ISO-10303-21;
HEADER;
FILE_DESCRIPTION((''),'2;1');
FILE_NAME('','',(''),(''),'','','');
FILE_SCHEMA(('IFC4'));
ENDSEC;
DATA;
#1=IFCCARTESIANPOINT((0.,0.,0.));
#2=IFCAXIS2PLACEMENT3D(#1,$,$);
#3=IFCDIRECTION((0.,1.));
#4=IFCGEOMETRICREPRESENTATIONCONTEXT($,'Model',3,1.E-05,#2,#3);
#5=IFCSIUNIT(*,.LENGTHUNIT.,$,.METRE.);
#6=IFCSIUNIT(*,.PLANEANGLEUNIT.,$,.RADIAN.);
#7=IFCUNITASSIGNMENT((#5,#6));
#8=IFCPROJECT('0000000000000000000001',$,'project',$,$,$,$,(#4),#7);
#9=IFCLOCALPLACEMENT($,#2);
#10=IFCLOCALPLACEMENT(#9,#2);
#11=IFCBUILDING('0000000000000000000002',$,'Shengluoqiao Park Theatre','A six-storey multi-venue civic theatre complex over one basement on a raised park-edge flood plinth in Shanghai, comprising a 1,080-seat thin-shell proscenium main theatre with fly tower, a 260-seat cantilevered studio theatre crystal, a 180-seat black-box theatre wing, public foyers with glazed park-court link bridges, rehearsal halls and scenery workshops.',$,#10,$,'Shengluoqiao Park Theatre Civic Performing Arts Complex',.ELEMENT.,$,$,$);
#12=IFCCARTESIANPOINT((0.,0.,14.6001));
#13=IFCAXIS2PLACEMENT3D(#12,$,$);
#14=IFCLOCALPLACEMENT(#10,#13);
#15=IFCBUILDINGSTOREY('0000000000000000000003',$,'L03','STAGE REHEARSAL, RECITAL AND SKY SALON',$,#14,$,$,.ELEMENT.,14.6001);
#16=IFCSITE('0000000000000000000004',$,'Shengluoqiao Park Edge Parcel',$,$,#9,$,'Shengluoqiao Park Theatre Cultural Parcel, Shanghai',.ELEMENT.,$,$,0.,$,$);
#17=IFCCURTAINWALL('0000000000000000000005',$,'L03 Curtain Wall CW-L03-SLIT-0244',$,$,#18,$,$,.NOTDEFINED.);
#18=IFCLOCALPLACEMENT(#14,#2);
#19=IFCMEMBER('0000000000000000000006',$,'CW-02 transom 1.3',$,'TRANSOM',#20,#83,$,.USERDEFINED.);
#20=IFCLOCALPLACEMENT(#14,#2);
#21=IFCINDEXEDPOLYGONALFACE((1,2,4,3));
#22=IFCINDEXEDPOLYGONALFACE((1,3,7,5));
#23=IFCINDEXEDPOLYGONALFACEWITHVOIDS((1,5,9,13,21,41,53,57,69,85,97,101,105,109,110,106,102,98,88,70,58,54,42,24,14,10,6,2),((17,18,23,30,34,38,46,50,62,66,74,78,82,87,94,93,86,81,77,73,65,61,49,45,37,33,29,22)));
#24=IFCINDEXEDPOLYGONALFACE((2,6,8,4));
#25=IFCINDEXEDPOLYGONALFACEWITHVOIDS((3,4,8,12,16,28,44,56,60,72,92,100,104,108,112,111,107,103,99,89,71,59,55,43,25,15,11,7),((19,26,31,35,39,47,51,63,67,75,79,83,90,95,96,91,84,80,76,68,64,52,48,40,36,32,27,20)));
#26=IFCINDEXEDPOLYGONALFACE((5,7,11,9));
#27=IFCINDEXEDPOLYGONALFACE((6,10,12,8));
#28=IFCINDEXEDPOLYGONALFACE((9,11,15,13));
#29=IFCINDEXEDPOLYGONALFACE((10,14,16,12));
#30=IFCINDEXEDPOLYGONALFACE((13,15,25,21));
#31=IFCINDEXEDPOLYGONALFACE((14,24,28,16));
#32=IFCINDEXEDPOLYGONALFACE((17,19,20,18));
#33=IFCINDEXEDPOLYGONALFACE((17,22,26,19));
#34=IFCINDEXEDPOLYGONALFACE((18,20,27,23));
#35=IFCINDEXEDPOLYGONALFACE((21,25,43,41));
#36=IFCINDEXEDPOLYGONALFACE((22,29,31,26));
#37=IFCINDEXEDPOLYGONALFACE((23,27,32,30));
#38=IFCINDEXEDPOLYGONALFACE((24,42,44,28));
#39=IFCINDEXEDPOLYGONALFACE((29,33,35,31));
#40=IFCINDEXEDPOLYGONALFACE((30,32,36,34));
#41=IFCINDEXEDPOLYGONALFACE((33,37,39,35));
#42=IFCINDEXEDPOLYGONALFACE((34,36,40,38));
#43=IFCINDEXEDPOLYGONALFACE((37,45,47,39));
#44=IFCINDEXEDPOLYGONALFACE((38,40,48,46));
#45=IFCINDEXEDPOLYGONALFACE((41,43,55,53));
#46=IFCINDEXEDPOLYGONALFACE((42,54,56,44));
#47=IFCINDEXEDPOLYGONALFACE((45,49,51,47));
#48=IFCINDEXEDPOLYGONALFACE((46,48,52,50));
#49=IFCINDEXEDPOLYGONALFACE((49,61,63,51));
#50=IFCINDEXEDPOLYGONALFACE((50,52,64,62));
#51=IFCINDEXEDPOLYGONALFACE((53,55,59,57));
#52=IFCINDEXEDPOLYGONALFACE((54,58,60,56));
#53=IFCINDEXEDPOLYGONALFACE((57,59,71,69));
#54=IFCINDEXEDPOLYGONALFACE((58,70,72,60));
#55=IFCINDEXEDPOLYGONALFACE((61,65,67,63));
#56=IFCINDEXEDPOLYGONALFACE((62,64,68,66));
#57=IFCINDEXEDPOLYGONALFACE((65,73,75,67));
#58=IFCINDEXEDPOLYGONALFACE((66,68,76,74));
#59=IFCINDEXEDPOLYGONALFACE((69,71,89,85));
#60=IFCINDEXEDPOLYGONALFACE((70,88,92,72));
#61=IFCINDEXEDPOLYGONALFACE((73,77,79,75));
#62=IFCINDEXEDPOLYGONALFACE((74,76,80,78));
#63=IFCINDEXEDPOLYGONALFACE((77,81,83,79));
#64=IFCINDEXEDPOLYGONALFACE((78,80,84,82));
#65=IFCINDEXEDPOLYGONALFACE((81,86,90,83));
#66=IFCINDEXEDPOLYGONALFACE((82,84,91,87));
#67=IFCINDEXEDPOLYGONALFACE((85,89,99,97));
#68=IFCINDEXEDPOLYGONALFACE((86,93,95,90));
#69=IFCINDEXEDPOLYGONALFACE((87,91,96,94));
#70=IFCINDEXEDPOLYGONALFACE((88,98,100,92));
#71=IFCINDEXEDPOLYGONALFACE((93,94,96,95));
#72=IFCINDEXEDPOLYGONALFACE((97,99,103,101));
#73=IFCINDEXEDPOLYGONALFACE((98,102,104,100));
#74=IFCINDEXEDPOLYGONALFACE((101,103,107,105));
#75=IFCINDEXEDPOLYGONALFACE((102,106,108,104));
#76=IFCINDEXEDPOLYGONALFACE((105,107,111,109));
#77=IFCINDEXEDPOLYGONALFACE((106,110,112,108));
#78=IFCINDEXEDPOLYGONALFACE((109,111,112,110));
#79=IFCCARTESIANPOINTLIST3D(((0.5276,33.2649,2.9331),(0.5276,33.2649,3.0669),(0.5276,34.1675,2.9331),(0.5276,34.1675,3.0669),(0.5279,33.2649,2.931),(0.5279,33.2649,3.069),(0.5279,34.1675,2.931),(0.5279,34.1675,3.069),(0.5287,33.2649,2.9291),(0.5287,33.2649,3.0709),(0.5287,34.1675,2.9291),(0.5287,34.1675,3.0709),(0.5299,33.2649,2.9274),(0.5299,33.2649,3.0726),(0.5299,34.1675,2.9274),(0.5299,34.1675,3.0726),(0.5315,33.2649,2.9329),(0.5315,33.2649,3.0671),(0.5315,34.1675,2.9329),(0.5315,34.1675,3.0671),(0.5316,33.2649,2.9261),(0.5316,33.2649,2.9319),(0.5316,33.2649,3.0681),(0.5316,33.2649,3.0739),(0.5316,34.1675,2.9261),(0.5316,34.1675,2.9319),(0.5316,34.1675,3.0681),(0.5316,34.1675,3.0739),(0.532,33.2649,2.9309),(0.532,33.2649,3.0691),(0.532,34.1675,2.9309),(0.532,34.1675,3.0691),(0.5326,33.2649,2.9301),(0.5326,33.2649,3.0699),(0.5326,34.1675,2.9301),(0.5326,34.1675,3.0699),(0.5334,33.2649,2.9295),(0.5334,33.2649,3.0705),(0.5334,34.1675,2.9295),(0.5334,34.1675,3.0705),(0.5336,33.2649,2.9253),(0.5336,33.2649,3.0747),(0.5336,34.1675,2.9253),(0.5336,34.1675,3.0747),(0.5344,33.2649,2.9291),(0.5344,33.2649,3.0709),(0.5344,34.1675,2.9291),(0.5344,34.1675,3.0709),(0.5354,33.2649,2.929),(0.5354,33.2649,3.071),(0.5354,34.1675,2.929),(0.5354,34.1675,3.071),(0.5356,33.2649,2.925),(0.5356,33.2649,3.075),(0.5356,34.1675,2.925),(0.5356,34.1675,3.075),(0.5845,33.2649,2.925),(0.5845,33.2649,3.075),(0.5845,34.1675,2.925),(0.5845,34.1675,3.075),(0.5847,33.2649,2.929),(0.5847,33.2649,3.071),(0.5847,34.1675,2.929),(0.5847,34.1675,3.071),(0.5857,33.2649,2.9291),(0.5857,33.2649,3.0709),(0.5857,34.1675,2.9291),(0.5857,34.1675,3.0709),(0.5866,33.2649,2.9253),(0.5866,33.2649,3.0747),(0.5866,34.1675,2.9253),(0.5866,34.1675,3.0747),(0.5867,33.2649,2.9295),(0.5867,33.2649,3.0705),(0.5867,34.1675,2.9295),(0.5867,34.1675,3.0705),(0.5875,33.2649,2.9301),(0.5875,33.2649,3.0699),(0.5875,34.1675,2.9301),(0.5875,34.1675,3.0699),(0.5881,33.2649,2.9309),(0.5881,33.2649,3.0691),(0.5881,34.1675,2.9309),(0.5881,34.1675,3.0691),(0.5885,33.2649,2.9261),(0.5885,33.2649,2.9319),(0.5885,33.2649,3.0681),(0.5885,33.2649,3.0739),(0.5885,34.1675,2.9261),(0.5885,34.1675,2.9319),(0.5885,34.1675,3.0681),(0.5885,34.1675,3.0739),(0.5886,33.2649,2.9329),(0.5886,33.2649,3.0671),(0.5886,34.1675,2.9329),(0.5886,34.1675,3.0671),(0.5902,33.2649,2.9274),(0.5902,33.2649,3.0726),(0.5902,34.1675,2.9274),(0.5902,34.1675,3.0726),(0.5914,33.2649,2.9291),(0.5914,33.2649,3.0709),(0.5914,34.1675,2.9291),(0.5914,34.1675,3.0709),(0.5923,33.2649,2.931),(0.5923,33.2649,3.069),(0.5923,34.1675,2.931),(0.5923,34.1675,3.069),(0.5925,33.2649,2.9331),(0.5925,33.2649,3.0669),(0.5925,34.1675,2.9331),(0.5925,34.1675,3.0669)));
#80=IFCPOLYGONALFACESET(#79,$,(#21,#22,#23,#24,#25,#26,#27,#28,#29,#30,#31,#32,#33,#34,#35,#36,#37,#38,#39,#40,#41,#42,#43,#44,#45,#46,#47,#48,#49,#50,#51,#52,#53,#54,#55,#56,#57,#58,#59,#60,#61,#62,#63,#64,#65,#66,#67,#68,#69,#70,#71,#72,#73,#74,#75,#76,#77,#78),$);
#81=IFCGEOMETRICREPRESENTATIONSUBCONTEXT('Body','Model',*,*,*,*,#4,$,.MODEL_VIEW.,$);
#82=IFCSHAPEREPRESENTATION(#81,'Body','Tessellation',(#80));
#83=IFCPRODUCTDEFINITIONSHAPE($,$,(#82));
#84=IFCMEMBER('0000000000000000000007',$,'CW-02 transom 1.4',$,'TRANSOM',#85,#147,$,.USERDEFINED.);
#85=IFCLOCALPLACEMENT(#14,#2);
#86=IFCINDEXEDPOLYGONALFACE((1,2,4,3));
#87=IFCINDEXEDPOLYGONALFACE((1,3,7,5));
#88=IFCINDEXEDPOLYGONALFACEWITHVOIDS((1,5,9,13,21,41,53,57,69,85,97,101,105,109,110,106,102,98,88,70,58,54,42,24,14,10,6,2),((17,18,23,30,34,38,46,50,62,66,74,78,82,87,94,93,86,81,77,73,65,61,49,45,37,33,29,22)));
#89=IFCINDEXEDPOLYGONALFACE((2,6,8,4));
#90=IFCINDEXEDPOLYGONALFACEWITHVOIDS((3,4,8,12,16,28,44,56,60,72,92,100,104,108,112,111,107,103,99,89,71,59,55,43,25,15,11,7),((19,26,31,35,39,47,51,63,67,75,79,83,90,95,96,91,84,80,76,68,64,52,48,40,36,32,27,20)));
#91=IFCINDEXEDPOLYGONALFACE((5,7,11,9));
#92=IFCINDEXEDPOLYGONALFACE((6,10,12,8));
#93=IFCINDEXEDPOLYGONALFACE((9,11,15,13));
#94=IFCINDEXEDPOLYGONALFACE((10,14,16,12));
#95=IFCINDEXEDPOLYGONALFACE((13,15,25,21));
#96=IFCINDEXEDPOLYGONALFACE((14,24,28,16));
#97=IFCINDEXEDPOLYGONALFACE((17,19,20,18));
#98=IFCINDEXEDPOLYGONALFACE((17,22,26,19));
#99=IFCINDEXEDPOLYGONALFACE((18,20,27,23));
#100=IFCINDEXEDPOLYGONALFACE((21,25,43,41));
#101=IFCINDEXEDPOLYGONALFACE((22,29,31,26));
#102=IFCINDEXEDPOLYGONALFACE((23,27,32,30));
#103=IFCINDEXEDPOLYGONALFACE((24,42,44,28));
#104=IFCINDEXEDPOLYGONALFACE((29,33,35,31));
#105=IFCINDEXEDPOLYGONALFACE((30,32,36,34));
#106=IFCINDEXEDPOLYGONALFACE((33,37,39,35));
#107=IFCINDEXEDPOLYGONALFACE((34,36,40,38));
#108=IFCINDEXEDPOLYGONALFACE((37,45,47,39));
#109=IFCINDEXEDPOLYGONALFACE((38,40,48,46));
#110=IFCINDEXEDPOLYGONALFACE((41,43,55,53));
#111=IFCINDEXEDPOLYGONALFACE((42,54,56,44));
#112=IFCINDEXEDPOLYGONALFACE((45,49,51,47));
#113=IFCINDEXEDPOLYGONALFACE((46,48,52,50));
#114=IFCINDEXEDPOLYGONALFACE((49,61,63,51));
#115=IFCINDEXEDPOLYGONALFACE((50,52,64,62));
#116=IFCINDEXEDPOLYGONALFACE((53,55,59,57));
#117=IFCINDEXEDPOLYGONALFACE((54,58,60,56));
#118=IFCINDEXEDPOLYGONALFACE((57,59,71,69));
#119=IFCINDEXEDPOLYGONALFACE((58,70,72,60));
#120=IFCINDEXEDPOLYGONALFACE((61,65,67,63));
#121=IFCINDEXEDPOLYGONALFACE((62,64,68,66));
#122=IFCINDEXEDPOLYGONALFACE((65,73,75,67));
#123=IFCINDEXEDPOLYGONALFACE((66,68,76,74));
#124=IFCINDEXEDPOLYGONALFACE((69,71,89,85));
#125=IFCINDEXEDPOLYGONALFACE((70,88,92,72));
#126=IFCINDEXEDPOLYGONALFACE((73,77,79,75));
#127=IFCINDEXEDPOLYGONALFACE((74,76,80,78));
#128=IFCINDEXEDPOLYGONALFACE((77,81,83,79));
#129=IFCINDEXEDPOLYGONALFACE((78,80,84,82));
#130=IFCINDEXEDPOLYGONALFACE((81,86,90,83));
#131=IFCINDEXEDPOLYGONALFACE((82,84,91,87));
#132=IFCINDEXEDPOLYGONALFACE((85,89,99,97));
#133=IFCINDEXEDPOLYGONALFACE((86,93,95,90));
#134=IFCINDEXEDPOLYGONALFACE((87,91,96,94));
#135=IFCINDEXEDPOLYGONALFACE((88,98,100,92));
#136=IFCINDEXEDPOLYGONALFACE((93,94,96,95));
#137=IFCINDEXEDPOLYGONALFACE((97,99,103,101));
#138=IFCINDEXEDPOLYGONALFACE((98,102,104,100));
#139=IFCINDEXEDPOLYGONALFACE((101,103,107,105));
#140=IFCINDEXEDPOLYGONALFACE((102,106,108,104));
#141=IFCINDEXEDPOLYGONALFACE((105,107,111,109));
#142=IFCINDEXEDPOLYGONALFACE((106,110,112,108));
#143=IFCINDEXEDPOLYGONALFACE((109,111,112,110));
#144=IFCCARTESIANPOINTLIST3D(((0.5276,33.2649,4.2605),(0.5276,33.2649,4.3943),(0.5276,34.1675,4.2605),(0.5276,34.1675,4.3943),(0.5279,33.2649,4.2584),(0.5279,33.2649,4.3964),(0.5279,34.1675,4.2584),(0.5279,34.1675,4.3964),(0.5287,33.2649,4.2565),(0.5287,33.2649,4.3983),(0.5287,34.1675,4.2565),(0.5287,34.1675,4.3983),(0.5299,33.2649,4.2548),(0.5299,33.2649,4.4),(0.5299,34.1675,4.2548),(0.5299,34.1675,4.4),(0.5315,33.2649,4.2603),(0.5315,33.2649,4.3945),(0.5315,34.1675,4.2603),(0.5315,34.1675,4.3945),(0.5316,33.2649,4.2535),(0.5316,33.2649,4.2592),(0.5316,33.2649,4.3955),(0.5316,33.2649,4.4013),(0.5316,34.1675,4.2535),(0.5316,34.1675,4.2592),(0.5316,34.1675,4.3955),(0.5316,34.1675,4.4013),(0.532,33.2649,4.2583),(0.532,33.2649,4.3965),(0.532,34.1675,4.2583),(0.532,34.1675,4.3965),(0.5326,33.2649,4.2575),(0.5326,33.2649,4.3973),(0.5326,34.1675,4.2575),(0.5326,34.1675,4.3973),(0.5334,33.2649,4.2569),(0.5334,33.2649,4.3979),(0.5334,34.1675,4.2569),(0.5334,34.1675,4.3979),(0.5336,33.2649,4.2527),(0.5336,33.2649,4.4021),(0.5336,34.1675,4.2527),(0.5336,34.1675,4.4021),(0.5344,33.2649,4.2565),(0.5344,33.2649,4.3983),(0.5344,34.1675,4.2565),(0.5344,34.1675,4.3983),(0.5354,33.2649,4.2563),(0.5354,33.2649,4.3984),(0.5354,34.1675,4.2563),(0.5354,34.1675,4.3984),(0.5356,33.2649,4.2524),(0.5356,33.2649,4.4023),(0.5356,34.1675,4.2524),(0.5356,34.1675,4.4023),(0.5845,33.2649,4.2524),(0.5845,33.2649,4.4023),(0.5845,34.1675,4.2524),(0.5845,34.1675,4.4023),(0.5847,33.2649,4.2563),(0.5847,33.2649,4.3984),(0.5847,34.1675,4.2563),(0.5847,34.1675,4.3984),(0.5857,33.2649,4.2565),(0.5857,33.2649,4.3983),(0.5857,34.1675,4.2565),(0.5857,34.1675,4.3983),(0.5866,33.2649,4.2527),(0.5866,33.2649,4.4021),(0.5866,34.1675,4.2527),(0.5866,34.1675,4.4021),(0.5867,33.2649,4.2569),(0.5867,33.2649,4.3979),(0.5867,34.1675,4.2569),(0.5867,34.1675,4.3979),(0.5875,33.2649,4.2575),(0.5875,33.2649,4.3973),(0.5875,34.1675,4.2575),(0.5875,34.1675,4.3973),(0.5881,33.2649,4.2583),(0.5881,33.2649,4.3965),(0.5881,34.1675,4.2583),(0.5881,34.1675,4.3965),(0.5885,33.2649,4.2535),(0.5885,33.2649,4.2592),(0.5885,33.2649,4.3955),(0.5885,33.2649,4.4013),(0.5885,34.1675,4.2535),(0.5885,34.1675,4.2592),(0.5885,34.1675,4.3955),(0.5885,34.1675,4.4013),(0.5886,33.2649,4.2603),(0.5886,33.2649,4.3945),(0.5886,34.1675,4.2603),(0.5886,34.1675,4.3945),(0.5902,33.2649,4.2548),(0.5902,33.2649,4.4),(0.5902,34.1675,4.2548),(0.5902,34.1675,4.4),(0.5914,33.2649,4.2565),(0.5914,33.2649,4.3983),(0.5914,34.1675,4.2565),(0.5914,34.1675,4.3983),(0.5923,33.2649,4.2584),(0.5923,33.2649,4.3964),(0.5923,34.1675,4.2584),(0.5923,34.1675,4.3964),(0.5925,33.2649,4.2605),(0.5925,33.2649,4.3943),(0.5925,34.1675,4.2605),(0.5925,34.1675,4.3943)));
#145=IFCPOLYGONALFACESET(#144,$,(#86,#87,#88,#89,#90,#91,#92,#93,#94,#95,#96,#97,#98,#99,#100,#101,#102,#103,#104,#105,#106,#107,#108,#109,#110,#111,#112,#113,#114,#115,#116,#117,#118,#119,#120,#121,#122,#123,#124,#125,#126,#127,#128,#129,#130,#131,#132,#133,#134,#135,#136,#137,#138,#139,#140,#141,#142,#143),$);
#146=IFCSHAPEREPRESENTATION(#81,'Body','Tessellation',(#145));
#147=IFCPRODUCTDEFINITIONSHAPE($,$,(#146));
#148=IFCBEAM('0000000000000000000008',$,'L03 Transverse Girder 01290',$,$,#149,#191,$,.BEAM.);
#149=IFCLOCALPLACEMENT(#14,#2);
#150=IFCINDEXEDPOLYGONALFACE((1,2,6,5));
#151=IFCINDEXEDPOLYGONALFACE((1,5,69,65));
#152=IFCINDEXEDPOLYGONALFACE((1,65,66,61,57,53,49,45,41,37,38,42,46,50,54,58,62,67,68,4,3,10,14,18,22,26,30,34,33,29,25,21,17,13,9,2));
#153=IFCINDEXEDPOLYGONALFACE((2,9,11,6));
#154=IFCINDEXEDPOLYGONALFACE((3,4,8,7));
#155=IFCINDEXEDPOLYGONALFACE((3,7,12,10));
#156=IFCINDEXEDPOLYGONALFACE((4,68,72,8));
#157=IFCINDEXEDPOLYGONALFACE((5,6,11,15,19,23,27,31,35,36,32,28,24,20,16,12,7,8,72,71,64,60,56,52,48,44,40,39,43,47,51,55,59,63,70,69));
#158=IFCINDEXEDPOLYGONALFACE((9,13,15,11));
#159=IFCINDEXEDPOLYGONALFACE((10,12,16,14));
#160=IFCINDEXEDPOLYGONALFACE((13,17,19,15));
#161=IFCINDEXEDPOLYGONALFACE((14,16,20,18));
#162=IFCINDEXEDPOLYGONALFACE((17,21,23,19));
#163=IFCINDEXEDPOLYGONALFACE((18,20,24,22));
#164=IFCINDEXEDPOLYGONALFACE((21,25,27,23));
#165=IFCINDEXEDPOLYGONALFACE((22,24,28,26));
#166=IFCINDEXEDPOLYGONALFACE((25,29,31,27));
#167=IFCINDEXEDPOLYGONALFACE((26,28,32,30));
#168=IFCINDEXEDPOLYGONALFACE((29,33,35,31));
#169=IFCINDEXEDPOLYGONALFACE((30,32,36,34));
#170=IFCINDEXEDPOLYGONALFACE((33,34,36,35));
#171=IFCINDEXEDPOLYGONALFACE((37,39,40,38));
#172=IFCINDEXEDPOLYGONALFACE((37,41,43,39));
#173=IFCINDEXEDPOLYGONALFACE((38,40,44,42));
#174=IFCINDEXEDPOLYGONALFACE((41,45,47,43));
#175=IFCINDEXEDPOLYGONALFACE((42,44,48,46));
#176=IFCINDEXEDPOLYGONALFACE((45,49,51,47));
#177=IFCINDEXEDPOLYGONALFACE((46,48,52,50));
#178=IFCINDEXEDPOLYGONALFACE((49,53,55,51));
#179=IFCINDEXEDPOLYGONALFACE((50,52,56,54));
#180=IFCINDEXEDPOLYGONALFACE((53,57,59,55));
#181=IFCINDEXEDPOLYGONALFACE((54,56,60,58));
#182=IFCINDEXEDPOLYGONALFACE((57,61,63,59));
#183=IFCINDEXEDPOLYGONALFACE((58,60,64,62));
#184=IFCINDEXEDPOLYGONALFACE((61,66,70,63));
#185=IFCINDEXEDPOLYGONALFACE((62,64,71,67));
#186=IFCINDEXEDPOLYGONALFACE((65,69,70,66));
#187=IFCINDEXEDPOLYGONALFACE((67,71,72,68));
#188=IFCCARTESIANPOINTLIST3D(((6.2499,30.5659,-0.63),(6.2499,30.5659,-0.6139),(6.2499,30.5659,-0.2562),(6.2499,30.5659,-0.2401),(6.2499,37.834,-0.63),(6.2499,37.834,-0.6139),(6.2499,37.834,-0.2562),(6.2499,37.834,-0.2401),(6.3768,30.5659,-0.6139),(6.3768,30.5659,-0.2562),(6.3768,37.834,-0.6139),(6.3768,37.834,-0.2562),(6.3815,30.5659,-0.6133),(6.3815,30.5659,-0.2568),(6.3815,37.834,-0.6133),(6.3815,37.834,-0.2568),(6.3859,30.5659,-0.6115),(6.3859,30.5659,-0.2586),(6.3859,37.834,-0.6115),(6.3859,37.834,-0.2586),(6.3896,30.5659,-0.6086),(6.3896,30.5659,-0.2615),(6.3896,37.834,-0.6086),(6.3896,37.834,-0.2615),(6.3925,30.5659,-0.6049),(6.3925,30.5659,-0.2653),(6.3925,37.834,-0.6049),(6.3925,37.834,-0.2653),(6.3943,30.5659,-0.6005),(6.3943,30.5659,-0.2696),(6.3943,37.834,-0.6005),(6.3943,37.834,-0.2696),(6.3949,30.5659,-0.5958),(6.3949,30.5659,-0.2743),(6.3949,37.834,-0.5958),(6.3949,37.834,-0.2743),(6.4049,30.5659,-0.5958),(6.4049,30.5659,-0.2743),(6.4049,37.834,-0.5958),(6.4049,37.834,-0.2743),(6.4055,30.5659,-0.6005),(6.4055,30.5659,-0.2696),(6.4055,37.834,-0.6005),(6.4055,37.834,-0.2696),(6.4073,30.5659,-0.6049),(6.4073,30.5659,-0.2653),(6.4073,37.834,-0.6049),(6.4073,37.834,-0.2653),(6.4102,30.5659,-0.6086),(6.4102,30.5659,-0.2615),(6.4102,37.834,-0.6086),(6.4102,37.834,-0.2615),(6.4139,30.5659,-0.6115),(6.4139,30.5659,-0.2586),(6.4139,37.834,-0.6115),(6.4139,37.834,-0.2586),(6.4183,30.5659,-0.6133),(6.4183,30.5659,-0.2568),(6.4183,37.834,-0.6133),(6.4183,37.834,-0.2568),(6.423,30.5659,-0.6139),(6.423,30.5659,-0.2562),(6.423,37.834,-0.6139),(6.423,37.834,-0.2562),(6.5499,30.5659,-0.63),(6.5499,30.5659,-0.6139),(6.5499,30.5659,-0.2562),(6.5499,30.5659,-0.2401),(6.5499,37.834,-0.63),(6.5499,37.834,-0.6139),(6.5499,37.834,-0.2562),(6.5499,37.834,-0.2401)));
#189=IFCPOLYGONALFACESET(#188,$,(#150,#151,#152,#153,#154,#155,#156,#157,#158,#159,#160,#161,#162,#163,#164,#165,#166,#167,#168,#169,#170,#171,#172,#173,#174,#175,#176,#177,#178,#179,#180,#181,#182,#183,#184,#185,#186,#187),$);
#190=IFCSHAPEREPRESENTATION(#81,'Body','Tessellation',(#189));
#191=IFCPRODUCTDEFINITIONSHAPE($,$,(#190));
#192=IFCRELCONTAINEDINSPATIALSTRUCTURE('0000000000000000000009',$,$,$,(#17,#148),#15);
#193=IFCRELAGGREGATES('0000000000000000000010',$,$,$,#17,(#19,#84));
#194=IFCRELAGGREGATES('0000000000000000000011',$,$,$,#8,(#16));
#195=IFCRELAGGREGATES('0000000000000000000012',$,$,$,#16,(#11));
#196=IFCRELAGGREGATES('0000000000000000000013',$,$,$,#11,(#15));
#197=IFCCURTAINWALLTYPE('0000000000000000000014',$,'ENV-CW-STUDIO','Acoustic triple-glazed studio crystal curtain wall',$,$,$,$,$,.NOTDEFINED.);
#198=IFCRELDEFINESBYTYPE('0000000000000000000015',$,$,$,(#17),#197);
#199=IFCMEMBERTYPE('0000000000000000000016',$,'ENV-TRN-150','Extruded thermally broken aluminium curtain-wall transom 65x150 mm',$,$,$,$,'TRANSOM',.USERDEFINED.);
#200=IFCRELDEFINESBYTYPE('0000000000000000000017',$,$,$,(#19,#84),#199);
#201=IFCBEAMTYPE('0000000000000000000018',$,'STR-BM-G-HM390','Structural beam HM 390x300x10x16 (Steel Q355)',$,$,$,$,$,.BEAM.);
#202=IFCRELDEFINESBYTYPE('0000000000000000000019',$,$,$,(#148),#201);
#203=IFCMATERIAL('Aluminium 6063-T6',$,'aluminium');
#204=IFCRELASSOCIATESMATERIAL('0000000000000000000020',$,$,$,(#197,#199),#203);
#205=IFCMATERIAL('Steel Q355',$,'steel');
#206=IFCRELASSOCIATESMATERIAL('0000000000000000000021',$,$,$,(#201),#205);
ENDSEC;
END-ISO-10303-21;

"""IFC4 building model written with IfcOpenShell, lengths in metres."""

from ifc_helpers import new_model, si_unit, direction, frame, origin, origin_2d, place, context, subcontext, project, spatial, hollow_rectangle, i_section, extrude, material, material_profile, profile_set, type_object, element, aggregate, save


model = new_model("IFC4")

# Units and contexts
model_context = context("Model", 3, precision=1e-05, world=origin(), true_north=direction((0.0, 1.0)))
body_context = subcontext(model_context, "Body", "Model", "MODEL_VIEW")
ifc_project = project(units=[si_unit("LENGTHUNIT", "METRE"), si_unit("PLANEANGLEUNIT", "RADIAN")], contexts=[model_context])

# Site, building, storey
site_placement = place(None, origin())
site = spatial("IfcSite", under=ifc_project, at=site_placement, Name="Shengluoqiao Park Edge Parcel", LongName="Shengluoqiao Park Theatre Cultural Parcel, Shanghai", CompositionType="ELEMENT", RefElevation=0.0)
building_placement = place(site_placement, origin())
building = spatial("IfcBuilding", under=site, at=building_placement, Name="Shengluoqiao Park Theatre", Description="A six-storey multi-venue civic theatre complex over one basement on a raised park-edge flood plinth in Shanghai, comprising a 1,080-seat thin-shell proscenium main theatre with fly tower, a 260-seat cantilevered studio theatre crystal, a 180-seat black-box theatre wing, public foyers with glazed park-court link bridges, rehearsal halls and scenery workshops.", LongName="Shengluoqiao Park Theatre Civic Performing Arts Complex", CompositionType="ELEMENT")
storey_placement = place(building_placement, frame((0.0, 0.0, 14.6001)))
storey = spatial("IfcBuildingStorey", under=building, at=storey_placement, Name="L03", Description="STAGE REHEARSAL, RECITAL AND SKY SALON", CompositionType="ELEMENT", Elevation=14.6001)

# Curtain wall
ifc_material_1 = material(Name="Aluminium 6063-T6", Category="aluminium")
curtain_wall_type = type_object("IfcCurtainWallType", Name="ENV-CW-STUDIO", Description="Acoustic triple-glazed studio crystal curtain wall", PredefinedType="NOTDEFINED", material=ifc_material_1)
curtain_wall_1_placement = place(storey_placement, origin())
curtain_wall_1 = element("IfcCurtainWall", 1, at=curtain_wall_1_placement, inside=storey, type_object=curtain_wall_type, Name="L03 Curtain Wall CW-L03-SLIT-0244", PredefinedType="NOTDEFINED")

# Members
ifc_material_profile_1 = material_profile(ifc_material_1, hollow_rectangle(XDim=0.0649, YDim=0.1499, WallThickness=0.0039, InnerFilletRadius=0.0039, OuterFilletRadius=0.0081, at=origin_2d()), Name="ALU TRANSOM 150x65x4")
ifc_profile_set_1 = profile_set([ifc_material_profile_1], Name="Aluminium 6063-T6")
member_type_1 = type_object("IfcMemberType", Name="ENV-TRN-150", Description="Extruded thermally broken aluminium curtain-wall transom 65x150 mm", ElementType="TRANSOM", PredefinedType="USERDEFINED", material=ifc_profile_set_1)
member_1_placement = place(storey_placement, frame((0.5601, 33.2649, 3.0), z_axis=(0.0, 1.0, 0.0), x_axis=(-1.0, 0.0, 0.0)))
member_1 = element("IfcMember", 2, at=member_1_placement, type_object=member_type_1, Name="CW-02 transom 1.3", ObjectType="TRANSOM", PredefinedType="USERDEFINED", context=body_context, shape_type="SweptSolid", body=[
    extrude(hollow_rectangle(XDim=0.0649, YDim=0.1499, WallThickness=0.0039, InnerFilletRadius=0.0039, OuterFilletRadius=0.0081, at=origin_2d()), origin(), (0.0, 0.0, 1.0), 0.9026),
])
member_2_placement = place(storey_placement, frame((0.5601, 33.2649, 4.3274), z_axis=(0.0, 1.0, 0.0), x_axis=(-1.0, 0.0, 0.0)))
member_2 = element("IfcMember", 3, at=member_2_placement, type_object=member_type_1, Name="CW-02 transom 1.4", ObjectType="TRANSOM", PredefinedType="USERDEFINED", context=body_context, shape_type="SweptSolid", body=[
    extrude(hollow_rectangle(XDim=0.0649, YDim=0.1499, WallThickness=0.0039, InnerFilletRadius=0.0039, OuterFilletRadius=0.0081, at=origin_2d()), origin(), (0.0, 0.0, 1.0), 0.9026),
])

# Beam
ifc_material_2 = material(Name="Steel Q355", Category="steel")
ifc_material_profile_2 = material_profile(ifc_material_2, i_section(OverallWidth=0.3, OverallDepth=0.3899, WebThickness=0.01, FlangeThickness=0.0161, FilletRadius=0.0181, at=origin_2d()), Name="HM 390x300x10x16")
ifc_profile_set_2 = profile_set([ifc_material_profile_2], Name="Steel Q355")
beam_type_1 = type_object("IfcBeamType", Name="STR-BM-G-HM390", Description="Structural beam HM 390x300x10x16 (Steel Q355)", PredefinedType="BEAM", material=ifc_profile_set_2)
beam_placement = place(storey_placement, frame((6.3999, 30.5659, -0.4351), z_axis=(0.0, 1.0, 0.0), x_axis=(-1.0, 0.0, 0.0)))
element("IfcBeam", 4, at=beam_placement, inside=storey, type_object=beam_type_1, Name="L03 Transverse Girder 01290", PredefinedType="BEAM", context=body_context, shape_type="SweptSolid", body=[
    extrude(i_section(OverallWidth=0.3, OverallDepth=0.3899, WebThickness=0.01, FlangeThickness=0.0161, FilletRadius=0.0181, at=origin_2d()), origin(), (0.0, 0.0, 1.0), 7.2681),
])

aggregate(curtain_wall_1, [member_1, member_2])

save(model, "model.ifc")
